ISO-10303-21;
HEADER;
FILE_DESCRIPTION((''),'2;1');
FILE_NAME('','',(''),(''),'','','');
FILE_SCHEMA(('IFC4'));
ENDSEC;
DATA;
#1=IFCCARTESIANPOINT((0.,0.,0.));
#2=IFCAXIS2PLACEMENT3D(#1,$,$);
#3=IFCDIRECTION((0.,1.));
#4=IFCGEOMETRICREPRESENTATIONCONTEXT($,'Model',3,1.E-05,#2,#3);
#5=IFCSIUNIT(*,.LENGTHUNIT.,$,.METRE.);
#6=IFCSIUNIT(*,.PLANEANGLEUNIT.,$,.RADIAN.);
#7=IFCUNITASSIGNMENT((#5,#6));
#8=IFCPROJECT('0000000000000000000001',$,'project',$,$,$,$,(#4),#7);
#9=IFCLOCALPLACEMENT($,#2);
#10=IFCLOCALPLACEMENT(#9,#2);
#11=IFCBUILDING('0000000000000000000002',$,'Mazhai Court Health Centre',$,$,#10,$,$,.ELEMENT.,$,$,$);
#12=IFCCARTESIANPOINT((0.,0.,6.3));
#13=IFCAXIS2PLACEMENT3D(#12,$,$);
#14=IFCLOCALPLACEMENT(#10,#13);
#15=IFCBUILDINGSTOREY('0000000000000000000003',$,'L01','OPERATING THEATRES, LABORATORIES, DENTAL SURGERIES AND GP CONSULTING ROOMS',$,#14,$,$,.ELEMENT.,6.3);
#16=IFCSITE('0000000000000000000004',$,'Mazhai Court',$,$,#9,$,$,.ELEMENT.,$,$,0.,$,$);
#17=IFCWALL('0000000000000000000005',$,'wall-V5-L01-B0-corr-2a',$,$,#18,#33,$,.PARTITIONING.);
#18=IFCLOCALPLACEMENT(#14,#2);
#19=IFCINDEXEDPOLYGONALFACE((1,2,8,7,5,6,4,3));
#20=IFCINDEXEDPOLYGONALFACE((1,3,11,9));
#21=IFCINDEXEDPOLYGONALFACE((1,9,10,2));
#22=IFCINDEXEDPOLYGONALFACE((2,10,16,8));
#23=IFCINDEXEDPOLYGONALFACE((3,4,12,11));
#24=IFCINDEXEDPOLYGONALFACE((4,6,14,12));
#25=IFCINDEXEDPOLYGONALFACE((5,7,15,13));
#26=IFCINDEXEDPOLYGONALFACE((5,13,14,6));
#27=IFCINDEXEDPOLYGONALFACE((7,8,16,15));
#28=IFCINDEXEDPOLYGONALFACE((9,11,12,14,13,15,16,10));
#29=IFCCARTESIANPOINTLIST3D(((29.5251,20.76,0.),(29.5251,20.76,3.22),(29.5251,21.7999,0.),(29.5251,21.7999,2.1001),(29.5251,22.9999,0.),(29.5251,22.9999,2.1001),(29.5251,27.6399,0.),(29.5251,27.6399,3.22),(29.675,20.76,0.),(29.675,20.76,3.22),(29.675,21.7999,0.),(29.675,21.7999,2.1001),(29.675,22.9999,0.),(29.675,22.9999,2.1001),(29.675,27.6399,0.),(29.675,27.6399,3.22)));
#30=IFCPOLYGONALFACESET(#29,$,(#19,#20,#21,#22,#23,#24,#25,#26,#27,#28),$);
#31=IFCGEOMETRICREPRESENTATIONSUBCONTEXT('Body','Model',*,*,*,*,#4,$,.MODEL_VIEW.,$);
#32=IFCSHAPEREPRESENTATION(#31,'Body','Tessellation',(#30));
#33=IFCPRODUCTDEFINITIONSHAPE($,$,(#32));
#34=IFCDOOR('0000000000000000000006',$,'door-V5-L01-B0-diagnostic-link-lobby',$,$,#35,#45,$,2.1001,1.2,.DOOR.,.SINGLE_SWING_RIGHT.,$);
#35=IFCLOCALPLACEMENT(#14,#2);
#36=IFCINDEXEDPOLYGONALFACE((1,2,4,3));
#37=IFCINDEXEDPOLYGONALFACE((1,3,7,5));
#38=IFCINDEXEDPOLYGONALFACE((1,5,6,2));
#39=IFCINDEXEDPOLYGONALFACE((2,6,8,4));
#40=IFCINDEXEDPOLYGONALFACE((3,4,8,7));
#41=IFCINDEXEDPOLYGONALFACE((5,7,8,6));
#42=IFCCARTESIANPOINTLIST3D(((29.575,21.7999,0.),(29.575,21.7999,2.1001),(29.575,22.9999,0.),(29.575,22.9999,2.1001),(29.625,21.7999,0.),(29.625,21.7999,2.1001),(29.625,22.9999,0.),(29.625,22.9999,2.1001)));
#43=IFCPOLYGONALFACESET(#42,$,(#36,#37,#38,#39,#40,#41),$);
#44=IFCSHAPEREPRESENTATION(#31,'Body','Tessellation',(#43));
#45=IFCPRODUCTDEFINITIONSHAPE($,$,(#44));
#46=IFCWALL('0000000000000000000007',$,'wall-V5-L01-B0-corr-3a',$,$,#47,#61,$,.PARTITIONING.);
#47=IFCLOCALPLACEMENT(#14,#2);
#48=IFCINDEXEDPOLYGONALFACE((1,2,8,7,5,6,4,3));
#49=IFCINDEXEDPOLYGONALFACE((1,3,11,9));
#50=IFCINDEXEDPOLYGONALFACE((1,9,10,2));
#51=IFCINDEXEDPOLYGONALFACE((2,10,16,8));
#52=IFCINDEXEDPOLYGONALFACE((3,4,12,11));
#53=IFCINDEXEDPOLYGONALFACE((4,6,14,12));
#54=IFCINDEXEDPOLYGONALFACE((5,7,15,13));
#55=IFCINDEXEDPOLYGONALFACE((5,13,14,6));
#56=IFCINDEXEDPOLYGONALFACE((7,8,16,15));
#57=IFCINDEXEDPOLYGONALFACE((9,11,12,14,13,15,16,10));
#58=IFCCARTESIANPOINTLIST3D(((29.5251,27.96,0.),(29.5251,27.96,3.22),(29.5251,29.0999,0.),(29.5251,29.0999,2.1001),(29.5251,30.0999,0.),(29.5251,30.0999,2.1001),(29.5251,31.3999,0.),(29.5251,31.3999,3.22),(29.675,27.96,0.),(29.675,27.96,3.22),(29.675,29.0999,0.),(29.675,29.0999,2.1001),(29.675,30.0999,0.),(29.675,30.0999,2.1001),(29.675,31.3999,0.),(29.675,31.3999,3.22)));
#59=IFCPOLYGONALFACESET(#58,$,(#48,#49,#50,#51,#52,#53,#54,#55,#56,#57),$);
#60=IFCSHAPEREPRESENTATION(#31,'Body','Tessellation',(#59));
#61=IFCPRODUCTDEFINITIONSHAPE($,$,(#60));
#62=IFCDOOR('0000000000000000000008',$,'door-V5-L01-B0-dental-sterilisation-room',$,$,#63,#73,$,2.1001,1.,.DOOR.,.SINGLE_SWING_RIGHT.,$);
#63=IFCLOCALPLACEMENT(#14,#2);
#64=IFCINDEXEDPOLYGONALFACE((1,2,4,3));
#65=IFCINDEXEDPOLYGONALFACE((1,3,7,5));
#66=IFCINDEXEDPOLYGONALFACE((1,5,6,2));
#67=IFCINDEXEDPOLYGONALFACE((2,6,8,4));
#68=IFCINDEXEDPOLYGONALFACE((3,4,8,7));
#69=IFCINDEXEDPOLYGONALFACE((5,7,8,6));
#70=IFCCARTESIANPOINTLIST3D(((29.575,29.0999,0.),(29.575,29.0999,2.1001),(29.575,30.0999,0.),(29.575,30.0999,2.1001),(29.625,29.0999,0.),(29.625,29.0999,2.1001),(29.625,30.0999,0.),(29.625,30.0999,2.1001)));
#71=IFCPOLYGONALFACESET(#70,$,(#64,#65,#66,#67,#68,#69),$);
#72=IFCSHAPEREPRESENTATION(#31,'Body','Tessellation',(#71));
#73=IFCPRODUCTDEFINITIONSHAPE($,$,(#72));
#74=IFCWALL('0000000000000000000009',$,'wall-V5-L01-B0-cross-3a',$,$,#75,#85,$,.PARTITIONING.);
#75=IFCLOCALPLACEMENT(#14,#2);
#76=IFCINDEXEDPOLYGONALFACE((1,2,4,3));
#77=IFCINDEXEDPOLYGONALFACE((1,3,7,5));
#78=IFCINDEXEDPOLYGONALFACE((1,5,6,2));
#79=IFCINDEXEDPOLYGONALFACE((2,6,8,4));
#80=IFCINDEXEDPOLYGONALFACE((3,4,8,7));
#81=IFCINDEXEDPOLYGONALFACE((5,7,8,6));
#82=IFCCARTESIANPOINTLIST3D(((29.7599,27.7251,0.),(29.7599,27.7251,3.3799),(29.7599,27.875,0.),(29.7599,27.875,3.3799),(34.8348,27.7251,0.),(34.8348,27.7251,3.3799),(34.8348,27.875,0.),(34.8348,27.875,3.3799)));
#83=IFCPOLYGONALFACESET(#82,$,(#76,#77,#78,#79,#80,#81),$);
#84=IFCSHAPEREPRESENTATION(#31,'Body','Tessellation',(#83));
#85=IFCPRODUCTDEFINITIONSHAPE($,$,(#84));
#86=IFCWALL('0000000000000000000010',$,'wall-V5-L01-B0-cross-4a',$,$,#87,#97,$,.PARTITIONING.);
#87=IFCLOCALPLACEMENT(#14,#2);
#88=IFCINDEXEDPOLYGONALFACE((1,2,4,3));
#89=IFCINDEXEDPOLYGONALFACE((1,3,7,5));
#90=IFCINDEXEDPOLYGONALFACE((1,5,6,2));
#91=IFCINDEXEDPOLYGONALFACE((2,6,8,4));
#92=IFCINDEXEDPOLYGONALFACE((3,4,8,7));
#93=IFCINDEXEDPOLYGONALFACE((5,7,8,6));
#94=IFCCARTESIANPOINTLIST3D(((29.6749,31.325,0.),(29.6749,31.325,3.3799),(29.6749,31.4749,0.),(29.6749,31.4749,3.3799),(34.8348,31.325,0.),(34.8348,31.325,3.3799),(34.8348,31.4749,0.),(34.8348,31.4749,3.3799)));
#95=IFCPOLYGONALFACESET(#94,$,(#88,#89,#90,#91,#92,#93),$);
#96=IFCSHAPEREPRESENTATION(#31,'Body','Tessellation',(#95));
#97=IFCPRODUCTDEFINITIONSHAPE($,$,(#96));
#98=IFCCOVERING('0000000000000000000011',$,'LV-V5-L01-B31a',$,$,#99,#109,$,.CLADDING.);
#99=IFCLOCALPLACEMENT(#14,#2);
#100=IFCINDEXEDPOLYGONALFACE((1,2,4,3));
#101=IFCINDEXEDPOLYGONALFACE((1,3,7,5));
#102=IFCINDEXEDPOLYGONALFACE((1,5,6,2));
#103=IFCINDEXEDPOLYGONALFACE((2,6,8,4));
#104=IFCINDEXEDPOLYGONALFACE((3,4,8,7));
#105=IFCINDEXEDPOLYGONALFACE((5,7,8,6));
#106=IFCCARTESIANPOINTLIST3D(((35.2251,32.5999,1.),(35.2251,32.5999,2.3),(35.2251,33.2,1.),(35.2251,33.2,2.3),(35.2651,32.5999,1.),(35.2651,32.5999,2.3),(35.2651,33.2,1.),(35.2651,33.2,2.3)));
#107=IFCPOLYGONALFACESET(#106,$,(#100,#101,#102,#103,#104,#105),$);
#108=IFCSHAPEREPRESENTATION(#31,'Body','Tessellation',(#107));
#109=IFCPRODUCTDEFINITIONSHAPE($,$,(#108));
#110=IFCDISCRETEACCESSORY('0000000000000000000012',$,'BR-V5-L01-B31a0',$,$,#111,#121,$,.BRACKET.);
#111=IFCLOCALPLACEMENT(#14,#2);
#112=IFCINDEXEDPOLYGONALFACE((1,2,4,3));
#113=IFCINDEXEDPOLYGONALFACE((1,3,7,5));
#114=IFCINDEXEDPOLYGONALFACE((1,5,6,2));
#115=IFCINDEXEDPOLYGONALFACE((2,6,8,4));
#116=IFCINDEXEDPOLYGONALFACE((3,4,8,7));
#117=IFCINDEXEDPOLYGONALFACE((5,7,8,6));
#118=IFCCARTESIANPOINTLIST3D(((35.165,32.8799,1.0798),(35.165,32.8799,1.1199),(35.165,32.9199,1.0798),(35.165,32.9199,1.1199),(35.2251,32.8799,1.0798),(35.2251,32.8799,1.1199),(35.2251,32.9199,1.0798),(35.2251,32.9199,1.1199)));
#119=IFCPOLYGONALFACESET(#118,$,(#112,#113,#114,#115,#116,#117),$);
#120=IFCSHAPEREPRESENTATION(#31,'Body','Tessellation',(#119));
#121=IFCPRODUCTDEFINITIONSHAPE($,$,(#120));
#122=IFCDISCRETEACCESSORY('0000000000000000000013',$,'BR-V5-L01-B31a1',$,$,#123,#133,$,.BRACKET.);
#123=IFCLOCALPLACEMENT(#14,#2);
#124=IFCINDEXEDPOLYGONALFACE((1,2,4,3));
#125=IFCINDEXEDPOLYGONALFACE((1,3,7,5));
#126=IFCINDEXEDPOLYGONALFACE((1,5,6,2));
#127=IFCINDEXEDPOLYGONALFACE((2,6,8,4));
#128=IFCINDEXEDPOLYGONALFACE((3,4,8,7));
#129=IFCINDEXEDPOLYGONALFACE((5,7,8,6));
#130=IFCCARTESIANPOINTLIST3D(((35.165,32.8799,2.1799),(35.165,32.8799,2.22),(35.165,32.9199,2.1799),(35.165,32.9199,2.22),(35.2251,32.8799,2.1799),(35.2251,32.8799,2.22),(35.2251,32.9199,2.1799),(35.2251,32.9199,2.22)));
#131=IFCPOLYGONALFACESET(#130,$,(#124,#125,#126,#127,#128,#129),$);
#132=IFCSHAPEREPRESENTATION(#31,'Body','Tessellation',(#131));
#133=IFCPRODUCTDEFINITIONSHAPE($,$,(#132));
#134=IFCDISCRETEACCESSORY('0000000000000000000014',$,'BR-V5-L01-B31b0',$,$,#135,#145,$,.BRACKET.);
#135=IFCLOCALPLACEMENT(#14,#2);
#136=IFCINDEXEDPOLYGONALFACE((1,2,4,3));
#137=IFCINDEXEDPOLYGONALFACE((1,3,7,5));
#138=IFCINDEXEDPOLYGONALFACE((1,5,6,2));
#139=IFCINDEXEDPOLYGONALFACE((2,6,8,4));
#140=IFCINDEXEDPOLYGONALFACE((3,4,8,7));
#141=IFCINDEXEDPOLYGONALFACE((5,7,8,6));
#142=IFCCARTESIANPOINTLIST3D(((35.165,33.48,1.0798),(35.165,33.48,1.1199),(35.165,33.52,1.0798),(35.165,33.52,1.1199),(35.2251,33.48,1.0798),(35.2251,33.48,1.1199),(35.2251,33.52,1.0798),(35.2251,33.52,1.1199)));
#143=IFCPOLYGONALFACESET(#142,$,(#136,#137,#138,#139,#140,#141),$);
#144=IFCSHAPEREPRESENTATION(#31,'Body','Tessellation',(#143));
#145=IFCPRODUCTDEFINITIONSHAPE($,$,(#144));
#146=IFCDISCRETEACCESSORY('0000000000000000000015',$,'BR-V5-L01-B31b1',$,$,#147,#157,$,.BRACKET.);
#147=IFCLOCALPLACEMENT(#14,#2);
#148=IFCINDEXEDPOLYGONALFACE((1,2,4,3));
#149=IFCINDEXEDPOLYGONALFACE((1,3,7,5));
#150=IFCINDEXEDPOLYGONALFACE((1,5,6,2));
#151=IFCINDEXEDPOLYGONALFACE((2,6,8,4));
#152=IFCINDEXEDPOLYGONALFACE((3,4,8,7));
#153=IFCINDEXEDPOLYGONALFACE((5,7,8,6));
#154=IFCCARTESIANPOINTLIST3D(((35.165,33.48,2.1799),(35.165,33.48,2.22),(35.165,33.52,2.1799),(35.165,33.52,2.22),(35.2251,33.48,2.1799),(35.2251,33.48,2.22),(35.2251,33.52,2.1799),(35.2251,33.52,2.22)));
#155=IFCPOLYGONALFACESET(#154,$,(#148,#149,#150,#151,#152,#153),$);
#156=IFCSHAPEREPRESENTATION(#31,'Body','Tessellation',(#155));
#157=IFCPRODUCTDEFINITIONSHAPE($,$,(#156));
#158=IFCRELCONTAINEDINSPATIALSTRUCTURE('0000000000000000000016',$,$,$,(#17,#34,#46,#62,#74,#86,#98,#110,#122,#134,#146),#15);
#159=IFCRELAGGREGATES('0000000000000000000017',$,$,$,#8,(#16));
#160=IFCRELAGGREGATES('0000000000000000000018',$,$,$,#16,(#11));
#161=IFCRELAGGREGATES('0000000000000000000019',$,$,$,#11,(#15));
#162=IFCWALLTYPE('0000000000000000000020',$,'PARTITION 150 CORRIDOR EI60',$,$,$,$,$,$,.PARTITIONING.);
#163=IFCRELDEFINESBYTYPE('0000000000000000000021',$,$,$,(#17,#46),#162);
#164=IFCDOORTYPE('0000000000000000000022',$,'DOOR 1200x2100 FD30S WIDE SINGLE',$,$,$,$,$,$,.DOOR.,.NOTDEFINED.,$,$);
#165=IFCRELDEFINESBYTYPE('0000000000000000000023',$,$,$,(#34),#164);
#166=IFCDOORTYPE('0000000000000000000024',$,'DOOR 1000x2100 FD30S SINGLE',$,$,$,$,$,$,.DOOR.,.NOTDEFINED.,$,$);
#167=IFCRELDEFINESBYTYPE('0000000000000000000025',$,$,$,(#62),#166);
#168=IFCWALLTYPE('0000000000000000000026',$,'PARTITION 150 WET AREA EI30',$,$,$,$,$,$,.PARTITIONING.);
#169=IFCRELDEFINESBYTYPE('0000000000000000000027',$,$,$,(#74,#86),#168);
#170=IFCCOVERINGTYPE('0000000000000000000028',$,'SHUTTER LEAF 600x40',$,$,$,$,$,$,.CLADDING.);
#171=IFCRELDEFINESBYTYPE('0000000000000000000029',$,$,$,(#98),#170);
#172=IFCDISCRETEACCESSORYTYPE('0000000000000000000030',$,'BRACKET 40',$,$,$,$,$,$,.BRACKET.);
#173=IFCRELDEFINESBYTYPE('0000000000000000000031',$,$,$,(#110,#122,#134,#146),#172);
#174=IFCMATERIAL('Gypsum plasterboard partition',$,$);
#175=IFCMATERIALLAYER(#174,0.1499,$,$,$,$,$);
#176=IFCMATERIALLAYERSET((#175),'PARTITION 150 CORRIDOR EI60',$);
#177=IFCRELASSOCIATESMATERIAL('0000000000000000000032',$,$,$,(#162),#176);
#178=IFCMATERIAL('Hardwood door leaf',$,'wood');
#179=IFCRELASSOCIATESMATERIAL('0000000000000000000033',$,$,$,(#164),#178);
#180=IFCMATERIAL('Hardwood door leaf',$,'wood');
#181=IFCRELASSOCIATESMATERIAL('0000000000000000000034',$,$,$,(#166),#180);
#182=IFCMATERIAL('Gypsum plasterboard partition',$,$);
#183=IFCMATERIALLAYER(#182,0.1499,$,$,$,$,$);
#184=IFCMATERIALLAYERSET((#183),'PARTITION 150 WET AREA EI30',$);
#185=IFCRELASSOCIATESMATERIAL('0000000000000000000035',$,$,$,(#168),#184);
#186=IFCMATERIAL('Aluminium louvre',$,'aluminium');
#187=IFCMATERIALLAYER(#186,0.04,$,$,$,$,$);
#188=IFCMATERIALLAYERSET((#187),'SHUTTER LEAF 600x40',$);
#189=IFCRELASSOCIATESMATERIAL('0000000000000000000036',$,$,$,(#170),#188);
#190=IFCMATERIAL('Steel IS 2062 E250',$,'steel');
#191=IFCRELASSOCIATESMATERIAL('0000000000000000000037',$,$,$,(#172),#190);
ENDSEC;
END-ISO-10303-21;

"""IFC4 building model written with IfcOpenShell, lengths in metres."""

from ifc_helpers import new_model, si_unit, direction, frame, frame_2d, origin, origin_2d, place, context, subcontext, project, spatial, rectangle, extrude, material, layer, layer_set, type_object, element, fill, save


model = new_model("IFC4")

# Units and contexts
model_context = context("Model", 3, precision=1e-05, world=origin(), true_north=direction((0.0, 1.0)))
body_context = subcontext(model_context, "Body", "Model", "MODEL_VIEW")
ifc_project = project(units=[si_unit("LENGTHUNIT", "METRE"), si_unit("PLANEANGLEUNIT", "RADIAN")], contexts=[model_context])

# Site, building, storey
site_placement = place(None, origin())
site = spatial("IfcSite", under=ifc_project, at=site_placement, Name="Mazhai Court", CompositionType="ELEMENT", RefElevation=0.0)
building_placement = place(site_placement, origin())
building = spatial("IfcBuilding", under=site, at=building_placement, Name="Mazhai Court Health Centre", CompositionType="ELEMENT")
storey_placement = place(building_placement, frame((0.0, 0.0, 6.3)))
storey = spatial("IfcBuildingStorey", under=building, at=storey_placement, Name="L01", Description="OPERATING THEATRES, LABORATORIES, DENTAL SURGERIES AND GP CONSULTING ROOMS", CompositionType="ELEMENT", Elevation=6.3)

# Walls, openings, doors
ifc_material_1 = material(Name="Gypsum plasterboard partition")
ifc_layer_1 = layer(ifc_material_1, 0.1499)
ifc_layer_set_1 = layer_set([ifc_layer_1], Name="PARTITION 150 CORRIDOR EI60")
wall_type_1 = type_object("IfcWallType", Name="PARTITION 150 CORRIDOR EI60", PredefinedType="PARTITIONING", material=ifc_layer_set_1)
wall_1_placement = place(storey_placement, frame((29.6001, 27.6399, 0.0), z_axis=(0.0, 0.0, 1.0), x_axis=(0.0, -1.0, 0.0)))
wall_1 = element("IfcWall", 1, at=wall_1_placement, inside=storey, type_object=wall_type_1, Name="wall-V5-L01-B0-corr-2a", PredefinedType="PARTITIONING", context=body_context, shape_type="SweptSolid", body=[
    extrude(rectangle(XDim=6.8799, YDim=0.1499, at=frame_2d((3.4399, 0.0))), origin(), (0.0, 0.0, 1.0), 3.22),
])
opening_1_placement = place(wall_1_placement, frame((4.6399, 0.0, 0.0)))
opening_1 = element("IfcOpeningElement", 2, at=opening_1_placement, cuts=wall_1, PredefinedType="OPENING", context=body_context, shape_type="SweptSolid", body=[
    extrude(rectangle(XDim=1.2, YDim=2.1001, at=frame_2d((0.6001, 1.05))), frame((0.0, 0.085, 0.0), z_axis=(0.0, -1.0, 0.0), x_axis=(1.0, 0.0, 0.0)), (0.0, 0.0, 1.0), 0.1699),
])
ifc_material_2 = material(Name="Hardwood door leaf", Category="wood")
door_type_1 = type_object("IfcDoorType", Name="DOOR 1200x2100 FD30S WIDE SINGLE", OperationType="NOTDEFINED", PredefinedType="DOOR", material=ifc_material_2)
door_1_placement = place(opening_1_placement, origin())
door_1 = element("IfcDoor", 3, at=door_1_placement, inside=storey, type_object=door_type_1, Name="door-V5-L01-B0-diagnostic-link-lobby", OperationType="SINGLE_SWING_RIGHT", OverallHeight=2.1001, OverallWidth=1.2, PredefinedType="DOOR", context=body_context, shape_type="SweptSolid", body=[
    extrude(rectangle(XDim=1.2, YDim=2.1001, at=frame_2d((0.6001, 1.05))), frame((0.0, 0.0249, 0.0), z_axis=(0.0, -1.0, 0.0), x_axis=(1.0, 0.0, 0.0)), (0.0, 0.0, 1.0), 0.05),
])
fill(opening_1, door_1)
wall_2_placement = place(storey_placement, frame((29.6001, 31.3999, 0.0), z_axis=(0.0, 0.0, 1.0), x_axis=(0.0, -1.0, 0.0)))
wall_2 = element("IfcWall", 4, at=wall_2_placement, inside=storey, type_object=wall_type_1, Name="wall-V5-L01-B0-corr-3a", PredefinedType="PARTITIONING", context=body_context, shape_type="SweptSolid", body=[
    extrude(rectangle(XDim=3.4399, YDim=0.1499, at=frame_2d((1.72, 0.0))), origin(), (0.0, 0.0, 1.0), 3.22),
])
opening_2_placement = place(wall_2_placement, frame((1.3, 0.0, 0.0)))
opening_2 = element("IfcOpeningElement", 5, at=opening_2_placement, cuts=wall_2, PredefinedType="OPENING", context=body_context, shape_type="SweptSolid", body=[
    extrude(rectangle(XDim=1.0, YDim=2.1001, at=frame_2d((0.5, 1.05))), frame((0.0, 0.085, 0.0), z_axis=(0.0, -1.0, 0.0), x_axis=(1.0, 0.0, 0.0)), (0.0, 0.0, 1.0), 0.1699),
])
ifc_material_3 = material(Name="Hardwood door leaf", Category="wood")
door_type_2 = type_object("IfcDoorType", Name="DOOR 1000x2100 FD30S SINGLE", OperationType="NOTDEFINED", PredefinedType="DOOR", material=ifc_material_3)
door_2_placement = place(opening_2_placement, origin())
door_2 = element("IfcDoor", 6, at=door_2_placement, inside=storey, type_object=door_type_2, Name="door-V5-L01-B0-dental-sterilisation-room", OperationType="SINGLE_SWING_RIGHT", OverallHeight=2.1001, OverallWidth=1.0, PredefinedType="DOOR", context=body_context, shape_type="SweptSolid", body=[
    extrude(rectangle(XDim=1.0, YDim=2.1001, at=frame_2d((0.5, 1.05))), frame((0.0, 0.0249, 0.0), z_axis=(0.0, -1.0, 0.0), x_axis=(1.0, 0.0, 0.0)), (0.0, 0.0, 1.0), 0.05),
])
fill(opening_2, door_2)

# Walls
ifc_material_4 = material(Name="Gypsum plasterboard partition")
ifc_layer_2 = layer(ifc_material_4, 0.1499)
ifc_layer_set_2 = layer_set([ifc_layer_2], Name="PARTITION 150 WET AREA EI30")
wall_type_2 = type_object("IfcWallType", Name="PARTITION 150 WET AREA EI30", PredefinedType="PARTITIONING", material=ifc_layer_set_2)
wall_3_placement = place(storey_placement, frame((34.835, 27.8, 0.0), z_axis=(0.0, 0.0, 1.0), x_axis=(-1.0, 0.0, 0.0)))
element("IfcWall", 7, at=wall_3_placement, inside=storey, type_object=wall_type_2, Name="wall-V5-L01-B0-cross-3a", PredefinedType="PARTITIONING", context=body_context, shape_type="SweptSolid", body=[
    extrude(rectangle(XDim=5.075, YDim=0.1499, at=frame_2d((2.5376, 0.0))), origin(), (0.0, 0.0, 1.0), 3.3799),
])
wall_4_placement = place(storey_placement, frame((34.835, 31.3999, 0.0), z_axis=(0.0, 0.0, 1.0), x_axis=(-1.0, 0.0, 0.0)))
element("IfcWall", 8, at=wall_4_placement, inside=storey, type_object=wall_type_2, Name="wall-V5-L01-B0-cross-4a", PredefinedType="PARTITIONING", context=body_context, shape_type="SweptSolid", body=[
    extrude(rectangle(XDim=5.1599, YDim=0.1499, at=frame_2d((2.5801, 0.0))), origin(), (0.0, 0.0, 1.0), 3.3799),
])

# Covering
ifc_material_5 = material(Name="Aluminium louvre", Category="aluminium")
ifc_layer_3 = layer(ifc_material_5, 0.04)
ifc_layer_set_3 = layer_set([ifc_layer_3], Name="SHUTTER LEAF 600x40")
covering_type = type_object("IfcCoveringType", Name="SHUTTER LEAF 600x40", PredefinedType="CLADDING", material=ifc_layer_set_3)
covering_placement = place(storey_placement, frame((35.2451, 32.8999, 1.0), z_axis=(0.0, 0.0, 1.0), x_axis=(0.0, 1.0, 0.0)))
element("IfcCovering", 9, at=covering_placement, inside=storey, type_object=covering_type, Name="LV-V5-L01-B31a", PredefinedType="CLADDING", context=body_context, shape_type="SweptSolid", body=[
    extrude(rectangle(XDim=0.6001, YDim=0.04, at=origin_2d()), origin(), (0.0, 0.0, 1.0), 1.3),
])

# Discrete accessories
ifc_material_6 = material(Name="Steel IS 2062 E250", Category="steel")
discrete_accessory_type = type_object("IfcDiscreteAccessoryType", Name="BRACKET 40", PredefinedType="BRACKET", material=ifc_material_6)
for number, where, z_axis, x_axis, name in (
    (10, (35.1951, 32.8999, 1.0798), (0.0, 0.0, 1.0), (0.0, 1.0, 0.0), "BR-V5-L01-B31a0"),
    (11, (35.1951, 32.8999, 2.1799), (0.0, 0.0, 1.0), (0.0, 1.0, 0.0), "BR-V5-L01-B31a1"),
    (12, (35.1951, 33.5, 1.0798), (0.0, 0.0, 1.0), (0.0, 1.0, 0.0), "BR-V5-L01-B31b0"),
    (13, (35.1951, 33.5, 2.1799), (0.0, 0.0, 1.0), (0.0, 1.0, 0.0), "BR-V5-L01-B31b1"),
):
    element("IfcDiscreteAccessory", number, at=place(storey_placement, frame(where, z_axis=z_axis, x_axis=x_axis)), inside=storey, type_object=discrete_accessory_type, Name=name, PredefinedType="BRACKET", context=body_context, shape_type="SweptSolid", body=[
        extrude(rectangle(XDim=0.04, YDim=0.0601, at=origin_2d()), origin(), (0.0, 0.0, 1.0), 0.04),
    ])

save(model, "model.ifc")
